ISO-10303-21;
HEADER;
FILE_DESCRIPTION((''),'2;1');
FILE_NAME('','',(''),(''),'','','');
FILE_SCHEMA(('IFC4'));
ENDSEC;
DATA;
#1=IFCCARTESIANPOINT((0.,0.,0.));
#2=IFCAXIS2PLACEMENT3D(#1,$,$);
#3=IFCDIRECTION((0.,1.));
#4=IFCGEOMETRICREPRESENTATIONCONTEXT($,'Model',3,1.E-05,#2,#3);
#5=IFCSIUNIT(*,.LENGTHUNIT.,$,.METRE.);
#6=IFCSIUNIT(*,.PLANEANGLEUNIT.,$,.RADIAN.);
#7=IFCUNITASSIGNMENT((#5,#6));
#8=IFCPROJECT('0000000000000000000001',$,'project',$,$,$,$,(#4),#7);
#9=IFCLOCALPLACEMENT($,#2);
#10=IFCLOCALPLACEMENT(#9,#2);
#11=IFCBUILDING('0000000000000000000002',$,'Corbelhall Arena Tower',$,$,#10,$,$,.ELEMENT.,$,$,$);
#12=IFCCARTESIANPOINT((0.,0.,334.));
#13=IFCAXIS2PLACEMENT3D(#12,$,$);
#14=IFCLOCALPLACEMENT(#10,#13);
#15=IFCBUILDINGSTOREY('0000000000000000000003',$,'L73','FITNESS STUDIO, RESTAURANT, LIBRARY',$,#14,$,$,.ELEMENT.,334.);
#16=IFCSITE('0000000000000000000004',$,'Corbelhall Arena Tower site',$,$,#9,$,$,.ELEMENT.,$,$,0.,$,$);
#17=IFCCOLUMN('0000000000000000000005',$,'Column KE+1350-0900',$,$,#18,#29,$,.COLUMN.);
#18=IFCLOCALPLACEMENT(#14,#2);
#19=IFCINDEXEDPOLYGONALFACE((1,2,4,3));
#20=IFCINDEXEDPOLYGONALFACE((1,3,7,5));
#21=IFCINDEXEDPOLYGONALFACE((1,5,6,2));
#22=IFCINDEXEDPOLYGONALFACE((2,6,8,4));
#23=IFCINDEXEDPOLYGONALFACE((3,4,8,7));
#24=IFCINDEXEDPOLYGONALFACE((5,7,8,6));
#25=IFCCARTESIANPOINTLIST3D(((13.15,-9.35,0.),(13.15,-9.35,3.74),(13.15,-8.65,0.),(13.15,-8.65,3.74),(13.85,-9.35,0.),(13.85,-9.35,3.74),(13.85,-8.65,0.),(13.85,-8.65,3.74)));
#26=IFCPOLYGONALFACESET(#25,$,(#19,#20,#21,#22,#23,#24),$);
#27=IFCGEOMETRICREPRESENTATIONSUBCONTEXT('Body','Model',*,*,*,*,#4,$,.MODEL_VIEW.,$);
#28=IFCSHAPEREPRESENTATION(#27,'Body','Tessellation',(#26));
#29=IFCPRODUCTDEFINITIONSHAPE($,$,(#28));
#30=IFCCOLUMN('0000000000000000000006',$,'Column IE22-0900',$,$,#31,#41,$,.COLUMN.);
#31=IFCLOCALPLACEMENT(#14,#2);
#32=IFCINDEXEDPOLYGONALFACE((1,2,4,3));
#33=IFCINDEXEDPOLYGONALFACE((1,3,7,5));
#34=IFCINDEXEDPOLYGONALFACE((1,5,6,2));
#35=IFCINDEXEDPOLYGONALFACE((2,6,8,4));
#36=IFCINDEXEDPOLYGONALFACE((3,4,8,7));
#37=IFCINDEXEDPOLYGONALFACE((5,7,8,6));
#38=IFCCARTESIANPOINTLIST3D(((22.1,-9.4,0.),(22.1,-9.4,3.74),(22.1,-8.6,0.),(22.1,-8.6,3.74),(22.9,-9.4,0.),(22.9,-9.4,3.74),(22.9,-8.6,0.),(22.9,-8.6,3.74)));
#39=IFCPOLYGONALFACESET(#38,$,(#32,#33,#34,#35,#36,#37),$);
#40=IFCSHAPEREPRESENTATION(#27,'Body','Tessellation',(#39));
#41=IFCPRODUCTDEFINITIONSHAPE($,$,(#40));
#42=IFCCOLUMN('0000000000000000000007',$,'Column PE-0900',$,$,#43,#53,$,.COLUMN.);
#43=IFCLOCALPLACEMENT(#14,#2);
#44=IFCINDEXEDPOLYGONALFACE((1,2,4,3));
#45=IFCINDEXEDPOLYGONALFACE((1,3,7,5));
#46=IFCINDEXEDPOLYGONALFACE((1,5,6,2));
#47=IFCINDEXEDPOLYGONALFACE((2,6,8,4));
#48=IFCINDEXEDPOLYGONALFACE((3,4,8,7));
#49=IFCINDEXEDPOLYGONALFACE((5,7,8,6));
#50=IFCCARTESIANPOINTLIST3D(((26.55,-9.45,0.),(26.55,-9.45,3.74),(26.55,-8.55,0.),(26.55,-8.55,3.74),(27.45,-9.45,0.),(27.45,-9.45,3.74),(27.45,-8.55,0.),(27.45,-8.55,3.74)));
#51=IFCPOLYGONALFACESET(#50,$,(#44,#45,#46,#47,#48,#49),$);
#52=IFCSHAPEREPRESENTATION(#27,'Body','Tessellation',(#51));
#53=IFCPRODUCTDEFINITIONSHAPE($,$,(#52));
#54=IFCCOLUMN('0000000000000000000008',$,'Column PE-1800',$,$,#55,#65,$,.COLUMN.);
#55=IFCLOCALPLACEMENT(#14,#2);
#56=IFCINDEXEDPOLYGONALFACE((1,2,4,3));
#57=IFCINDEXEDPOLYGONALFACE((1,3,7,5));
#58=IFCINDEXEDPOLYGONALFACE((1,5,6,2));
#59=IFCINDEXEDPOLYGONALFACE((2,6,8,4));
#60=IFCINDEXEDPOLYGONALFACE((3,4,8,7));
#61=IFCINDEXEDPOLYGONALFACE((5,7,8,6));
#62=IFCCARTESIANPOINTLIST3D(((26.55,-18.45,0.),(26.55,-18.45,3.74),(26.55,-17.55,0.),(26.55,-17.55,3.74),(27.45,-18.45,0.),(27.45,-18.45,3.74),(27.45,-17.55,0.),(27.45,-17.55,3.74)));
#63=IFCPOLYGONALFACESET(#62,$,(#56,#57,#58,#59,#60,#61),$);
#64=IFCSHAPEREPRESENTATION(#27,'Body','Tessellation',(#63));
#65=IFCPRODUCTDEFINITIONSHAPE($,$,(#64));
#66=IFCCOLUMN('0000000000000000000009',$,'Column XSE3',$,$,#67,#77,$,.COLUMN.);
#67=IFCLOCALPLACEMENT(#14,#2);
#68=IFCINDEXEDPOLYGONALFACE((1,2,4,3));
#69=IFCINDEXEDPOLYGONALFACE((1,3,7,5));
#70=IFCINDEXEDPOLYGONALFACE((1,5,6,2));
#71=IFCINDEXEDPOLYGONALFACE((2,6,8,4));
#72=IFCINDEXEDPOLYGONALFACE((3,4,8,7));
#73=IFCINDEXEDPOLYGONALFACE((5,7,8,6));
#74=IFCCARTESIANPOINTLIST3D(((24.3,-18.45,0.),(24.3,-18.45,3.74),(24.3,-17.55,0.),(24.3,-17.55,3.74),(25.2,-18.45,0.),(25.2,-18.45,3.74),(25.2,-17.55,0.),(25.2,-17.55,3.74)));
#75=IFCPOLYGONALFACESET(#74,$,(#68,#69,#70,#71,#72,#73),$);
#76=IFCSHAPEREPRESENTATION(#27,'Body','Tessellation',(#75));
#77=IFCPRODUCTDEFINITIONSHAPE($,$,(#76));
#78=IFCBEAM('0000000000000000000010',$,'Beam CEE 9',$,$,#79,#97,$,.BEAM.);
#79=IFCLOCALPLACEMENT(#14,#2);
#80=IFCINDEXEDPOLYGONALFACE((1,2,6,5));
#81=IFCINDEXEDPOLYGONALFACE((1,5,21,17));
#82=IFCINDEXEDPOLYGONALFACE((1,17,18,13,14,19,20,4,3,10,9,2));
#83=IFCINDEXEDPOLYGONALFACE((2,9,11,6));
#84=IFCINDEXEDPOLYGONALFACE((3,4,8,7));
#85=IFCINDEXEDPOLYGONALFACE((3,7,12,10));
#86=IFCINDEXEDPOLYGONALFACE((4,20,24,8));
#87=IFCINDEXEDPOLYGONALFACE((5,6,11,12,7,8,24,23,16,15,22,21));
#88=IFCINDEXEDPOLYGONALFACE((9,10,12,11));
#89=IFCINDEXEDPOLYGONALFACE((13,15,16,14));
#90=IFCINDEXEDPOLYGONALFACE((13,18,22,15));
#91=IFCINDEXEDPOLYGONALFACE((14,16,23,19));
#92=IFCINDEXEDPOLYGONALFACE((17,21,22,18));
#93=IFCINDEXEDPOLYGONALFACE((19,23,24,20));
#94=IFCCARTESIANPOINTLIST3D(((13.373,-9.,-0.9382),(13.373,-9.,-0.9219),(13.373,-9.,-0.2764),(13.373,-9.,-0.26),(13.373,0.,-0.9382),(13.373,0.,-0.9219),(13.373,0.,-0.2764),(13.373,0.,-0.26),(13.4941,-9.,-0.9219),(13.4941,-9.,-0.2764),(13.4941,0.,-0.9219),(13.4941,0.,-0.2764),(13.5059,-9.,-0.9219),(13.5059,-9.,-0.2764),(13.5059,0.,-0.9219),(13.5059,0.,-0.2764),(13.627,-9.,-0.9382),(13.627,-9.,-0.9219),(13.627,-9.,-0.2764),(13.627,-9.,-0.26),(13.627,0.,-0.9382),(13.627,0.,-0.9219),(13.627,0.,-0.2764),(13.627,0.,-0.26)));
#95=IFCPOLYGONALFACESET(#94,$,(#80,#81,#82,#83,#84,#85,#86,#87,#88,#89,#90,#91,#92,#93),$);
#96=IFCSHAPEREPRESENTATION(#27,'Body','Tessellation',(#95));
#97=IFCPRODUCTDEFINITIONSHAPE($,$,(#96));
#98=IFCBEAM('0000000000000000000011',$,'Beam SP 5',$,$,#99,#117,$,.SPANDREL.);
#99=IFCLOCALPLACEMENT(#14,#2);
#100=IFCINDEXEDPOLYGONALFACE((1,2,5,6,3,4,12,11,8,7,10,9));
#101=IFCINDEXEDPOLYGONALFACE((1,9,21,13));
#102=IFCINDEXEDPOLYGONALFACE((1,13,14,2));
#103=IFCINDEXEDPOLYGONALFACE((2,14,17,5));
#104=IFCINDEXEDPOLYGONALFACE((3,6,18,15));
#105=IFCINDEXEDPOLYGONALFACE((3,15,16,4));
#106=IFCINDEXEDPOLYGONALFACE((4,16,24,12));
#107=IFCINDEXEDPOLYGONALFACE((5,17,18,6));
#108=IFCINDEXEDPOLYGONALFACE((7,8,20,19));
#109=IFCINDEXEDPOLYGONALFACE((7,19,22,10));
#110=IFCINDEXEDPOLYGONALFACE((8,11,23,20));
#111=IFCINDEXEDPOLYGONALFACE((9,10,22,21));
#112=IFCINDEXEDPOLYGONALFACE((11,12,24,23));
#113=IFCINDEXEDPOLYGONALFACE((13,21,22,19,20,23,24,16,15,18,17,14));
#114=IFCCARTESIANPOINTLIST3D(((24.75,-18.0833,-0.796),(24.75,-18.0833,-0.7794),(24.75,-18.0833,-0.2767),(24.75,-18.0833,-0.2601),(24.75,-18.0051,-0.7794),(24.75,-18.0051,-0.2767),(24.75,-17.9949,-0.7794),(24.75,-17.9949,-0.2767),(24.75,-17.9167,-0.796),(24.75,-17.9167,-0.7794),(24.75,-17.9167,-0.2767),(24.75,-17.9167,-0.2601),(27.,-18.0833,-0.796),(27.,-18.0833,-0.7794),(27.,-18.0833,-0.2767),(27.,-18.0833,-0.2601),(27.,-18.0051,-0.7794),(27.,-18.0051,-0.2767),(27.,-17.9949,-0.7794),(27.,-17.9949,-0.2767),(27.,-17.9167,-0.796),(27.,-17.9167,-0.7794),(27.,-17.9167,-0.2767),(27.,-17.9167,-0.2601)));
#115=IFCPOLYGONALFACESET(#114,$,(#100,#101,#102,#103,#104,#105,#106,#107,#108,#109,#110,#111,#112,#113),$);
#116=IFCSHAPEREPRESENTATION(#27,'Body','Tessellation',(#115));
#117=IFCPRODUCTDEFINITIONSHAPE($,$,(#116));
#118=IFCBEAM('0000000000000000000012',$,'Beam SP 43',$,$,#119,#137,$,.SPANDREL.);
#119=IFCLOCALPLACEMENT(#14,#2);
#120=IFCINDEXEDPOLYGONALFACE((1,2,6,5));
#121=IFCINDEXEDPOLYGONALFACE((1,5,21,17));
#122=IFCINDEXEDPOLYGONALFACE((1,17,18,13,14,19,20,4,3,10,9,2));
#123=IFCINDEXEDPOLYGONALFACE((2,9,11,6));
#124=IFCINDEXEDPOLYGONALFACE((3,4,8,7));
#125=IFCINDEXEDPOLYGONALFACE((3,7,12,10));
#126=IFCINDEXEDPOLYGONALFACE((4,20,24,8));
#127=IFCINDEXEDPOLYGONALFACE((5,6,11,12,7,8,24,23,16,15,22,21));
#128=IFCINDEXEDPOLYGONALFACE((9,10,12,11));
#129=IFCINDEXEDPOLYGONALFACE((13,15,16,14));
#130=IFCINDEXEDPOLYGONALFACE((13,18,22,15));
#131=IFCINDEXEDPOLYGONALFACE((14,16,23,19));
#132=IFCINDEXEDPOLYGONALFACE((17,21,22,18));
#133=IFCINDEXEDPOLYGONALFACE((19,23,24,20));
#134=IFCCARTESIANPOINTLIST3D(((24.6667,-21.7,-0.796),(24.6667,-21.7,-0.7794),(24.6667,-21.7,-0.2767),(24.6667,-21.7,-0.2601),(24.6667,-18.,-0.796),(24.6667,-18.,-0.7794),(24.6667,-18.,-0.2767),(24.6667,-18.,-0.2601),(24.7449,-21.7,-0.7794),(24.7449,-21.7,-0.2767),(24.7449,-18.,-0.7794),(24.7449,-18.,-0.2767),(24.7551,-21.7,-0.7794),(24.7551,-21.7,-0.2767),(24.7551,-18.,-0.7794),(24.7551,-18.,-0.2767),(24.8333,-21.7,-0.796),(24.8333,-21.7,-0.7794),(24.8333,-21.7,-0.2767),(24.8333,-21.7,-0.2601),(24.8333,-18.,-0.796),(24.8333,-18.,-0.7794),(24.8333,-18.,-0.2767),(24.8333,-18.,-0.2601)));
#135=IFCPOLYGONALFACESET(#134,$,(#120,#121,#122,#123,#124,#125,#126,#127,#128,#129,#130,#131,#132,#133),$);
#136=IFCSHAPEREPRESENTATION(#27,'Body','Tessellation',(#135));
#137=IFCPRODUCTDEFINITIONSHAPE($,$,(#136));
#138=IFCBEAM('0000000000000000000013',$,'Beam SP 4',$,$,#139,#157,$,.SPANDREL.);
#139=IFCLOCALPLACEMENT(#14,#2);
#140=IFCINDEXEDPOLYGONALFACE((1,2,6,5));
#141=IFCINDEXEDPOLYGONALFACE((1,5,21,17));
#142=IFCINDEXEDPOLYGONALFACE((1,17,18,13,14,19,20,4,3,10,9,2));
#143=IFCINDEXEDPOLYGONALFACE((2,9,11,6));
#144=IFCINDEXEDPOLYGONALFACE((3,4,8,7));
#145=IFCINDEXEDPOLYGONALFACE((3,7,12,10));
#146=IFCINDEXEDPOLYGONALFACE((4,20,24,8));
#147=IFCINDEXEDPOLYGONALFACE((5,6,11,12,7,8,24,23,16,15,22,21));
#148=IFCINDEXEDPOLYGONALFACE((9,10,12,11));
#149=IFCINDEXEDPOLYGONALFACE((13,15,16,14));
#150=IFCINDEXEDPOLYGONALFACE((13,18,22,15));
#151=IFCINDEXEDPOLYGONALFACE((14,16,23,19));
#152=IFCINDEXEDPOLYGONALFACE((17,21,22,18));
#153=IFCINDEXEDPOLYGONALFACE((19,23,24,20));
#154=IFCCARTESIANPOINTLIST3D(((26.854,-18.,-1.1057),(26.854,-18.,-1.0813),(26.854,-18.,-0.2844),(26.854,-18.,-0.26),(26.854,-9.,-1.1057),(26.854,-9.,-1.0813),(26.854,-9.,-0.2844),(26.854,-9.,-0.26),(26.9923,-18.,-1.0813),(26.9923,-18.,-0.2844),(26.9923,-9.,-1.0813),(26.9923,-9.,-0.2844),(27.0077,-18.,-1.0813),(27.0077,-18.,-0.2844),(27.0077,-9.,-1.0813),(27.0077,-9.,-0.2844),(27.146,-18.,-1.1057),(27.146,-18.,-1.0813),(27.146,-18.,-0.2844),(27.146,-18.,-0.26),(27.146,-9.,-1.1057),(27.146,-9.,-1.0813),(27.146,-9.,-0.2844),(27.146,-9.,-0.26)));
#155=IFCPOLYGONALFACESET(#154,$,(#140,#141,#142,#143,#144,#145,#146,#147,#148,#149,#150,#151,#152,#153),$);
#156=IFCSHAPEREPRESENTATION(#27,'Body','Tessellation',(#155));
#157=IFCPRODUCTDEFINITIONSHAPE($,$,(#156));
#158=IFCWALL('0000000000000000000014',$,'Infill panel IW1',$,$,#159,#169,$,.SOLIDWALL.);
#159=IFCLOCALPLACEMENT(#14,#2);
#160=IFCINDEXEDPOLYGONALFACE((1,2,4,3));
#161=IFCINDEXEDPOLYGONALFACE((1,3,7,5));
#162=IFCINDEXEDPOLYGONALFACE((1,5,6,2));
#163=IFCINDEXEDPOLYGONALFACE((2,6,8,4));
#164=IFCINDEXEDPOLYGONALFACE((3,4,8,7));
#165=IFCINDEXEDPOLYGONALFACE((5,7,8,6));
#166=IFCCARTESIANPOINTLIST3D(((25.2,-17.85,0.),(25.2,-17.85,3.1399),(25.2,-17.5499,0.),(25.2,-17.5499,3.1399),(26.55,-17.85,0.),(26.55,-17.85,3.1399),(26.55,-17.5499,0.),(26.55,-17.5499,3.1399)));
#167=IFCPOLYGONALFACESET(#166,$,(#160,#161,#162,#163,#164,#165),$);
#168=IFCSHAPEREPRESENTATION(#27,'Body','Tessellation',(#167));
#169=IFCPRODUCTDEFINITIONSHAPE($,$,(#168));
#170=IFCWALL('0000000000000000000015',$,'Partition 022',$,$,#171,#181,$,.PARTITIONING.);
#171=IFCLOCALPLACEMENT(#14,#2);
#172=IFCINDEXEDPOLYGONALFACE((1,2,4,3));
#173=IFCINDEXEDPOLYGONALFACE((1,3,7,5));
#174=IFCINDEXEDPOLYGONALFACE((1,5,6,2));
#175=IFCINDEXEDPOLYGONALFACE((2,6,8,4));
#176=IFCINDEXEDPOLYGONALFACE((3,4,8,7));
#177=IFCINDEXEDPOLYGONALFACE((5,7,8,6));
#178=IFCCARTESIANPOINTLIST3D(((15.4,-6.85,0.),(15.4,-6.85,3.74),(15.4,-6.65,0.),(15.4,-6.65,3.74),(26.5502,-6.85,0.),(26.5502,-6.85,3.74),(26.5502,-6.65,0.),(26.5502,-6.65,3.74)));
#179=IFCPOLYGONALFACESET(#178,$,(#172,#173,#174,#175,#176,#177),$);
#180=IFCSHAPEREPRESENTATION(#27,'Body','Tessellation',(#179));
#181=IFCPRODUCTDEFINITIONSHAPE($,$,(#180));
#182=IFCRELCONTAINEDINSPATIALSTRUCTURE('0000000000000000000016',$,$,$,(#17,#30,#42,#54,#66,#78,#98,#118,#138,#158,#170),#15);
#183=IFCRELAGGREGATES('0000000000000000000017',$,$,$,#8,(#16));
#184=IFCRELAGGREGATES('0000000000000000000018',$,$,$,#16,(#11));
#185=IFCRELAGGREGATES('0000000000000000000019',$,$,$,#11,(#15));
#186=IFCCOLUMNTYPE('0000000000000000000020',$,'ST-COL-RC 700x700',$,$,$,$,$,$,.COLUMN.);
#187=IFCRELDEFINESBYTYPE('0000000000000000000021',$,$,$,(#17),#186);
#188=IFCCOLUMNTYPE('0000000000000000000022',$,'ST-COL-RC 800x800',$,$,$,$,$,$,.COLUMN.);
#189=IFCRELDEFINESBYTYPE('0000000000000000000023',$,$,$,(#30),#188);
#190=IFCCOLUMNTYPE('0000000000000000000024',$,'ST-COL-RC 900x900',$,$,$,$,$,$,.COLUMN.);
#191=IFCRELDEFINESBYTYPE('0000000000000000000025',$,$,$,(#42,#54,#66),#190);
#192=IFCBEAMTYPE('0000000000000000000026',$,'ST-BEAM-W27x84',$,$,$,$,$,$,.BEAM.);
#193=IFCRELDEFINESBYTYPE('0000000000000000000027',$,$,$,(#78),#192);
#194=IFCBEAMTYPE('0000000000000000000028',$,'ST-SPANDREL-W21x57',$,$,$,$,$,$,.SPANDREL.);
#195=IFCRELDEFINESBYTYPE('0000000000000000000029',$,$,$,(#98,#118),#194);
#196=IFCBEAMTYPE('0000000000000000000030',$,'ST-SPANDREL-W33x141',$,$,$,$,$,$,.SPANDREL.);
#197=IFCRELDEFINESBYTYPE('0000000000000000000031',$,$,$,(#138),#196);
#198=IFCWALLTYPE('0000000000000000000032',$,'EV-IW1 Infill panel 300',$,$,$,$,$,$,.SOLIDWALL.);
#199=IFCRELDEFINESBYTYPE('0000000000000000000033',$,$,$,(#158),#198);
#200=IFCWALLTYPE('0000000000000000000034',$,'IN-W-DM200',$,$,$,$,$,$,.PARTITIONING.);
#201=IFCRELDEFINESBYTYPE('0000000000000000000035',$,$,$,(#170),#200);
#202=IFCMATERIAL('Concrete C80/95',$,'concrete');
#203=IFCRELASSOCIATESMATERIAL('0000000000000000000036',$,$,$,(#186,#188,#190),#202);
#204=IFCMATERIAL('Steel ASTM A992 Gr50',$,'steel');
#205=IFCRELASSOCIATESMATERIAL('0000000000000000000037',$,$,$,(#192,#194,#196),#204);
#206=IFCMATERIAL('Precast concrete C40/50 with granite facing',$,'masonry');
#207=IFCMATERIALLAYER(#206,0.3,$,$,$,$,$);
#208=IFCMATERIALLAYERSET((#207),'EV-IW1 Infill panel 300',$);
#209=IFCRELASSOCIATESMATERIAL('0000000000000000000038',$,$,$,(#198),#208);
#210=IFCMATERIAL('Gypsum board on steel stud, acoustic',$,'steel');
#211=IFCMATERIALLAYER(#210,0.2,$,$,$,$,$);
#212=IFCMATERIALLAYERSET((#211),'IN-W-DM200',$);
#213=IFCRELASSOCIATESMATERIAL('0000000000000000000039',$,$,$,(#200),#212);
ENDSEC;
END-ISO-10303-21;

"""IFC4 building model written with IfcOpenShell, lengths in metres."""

from ifc_helpers import new_model, si_unit, direction, frame, frame_2d, origin, origin_2d, place, context, subcontext, project, spatial, rectangle, i_section, extrude, material, layer, layer_set, material_profile, profile_set, type_object, element, save


model = new_model("IFC4")

# Units and contexts
model_context = context("Model", 3, precision=1e-05, world=origin(), true_north=direction((0.0, 1.0)))
body_context = subcontext(model_context, "Body", "Model", "MODEL_VIEW")
ifc_project = project(units=[si_unit("LENGTHUNIT", "METRE"), si_unit("PLANEANGLEUNIT", "RADIAN")], contexts=[model_context])

# Site, building, storey
site_placement = place(None, origin())
site = spatial("IfcSite", under=ifc_project, at=site_placement, Name="Corbelhall Arena Tower site", CompositionType="ELEMENT", RefElevation=0.0)
building_placement = place(site_placement, origin())
building = spatial("IfcBuilding", under=site, at=building_placement, Name="Corbelhall Arena Tower", CompositionType="ELEMENT")
storey_placement = place(building_placement, frame((0.0, 0.0, 334.0)))
storey = spatial("IfcBuildingStorey", under=building, at=storey_placement, Name="L73", Description="FITNESS STUDIO, RESTAURANT, LIBRARY", CompositionType="ELEMENT", Elevation=334.0)

# Columns
ifc_material_1 = material(Name="Concrete C80/95", Category="concrete")
ifc_material_profile_1 = material_profile(ifc_material_1, rectangle(XDim=0.7, YDim=0.7, at=origin_2d()))
ifc_profile_set_1 = profile_set([ifc_material_profile_1], Name="Concrete C80/95")
column_type_1 = type_object("IfcColumnType", Name="ST-COL-RC 700x700", PredefinedType="COLUMN", material=ifc_profile_set_1)
column_1_placement = place(storey_placement, frame((13.5, -9.0, 0.0), z_axis=(0.0, 0.0, 1.0), x_axis=(1.0, 0.0, 0.0)))
element("IfcColumn", 1, at=column_1_placement, inside=storey, type_object=column_type_1, Name="Column KE+1350-0900", PredefinedType="COLUMN", context=body_context, shape_type="SweptSolid", body=[
    extrude(rectangle(XDim=0.7, YDim=0.7, at=origin_2d()), origin(), (0.0, 0.0, 1.0), 3.74),
])
ifc_material_profile_2 = material_profile(ifc_material_1, rectangle(XDim=0.8, YDim=0.8, at=origin_2d()))
ifc_profile_set_2 = profile_set([ifc_material_profile_2], Name="Concrete C80/95")
column_type_2 = type_object("IfcColumnType", Name="ST-COL-RC 800x800", PredefinedType="COLUMN", material=ifc_profile_set_2)
column_2_placement = place(storey_placement, frame((22.5, -9.0, 0.0), z_axis=(0.0, 0.0, 1.0), x_axis=(1.0, 0.0, 0.0)))
element("IfcColumn", 2, at=column_2_placement, inside=storey, type_object=column_type_2, Name="Column IE22-0900", PredefinedType="COLUMN", context=body_context, shape_type="SweptSolid", body=[
    extrude(rectangle(XDim=0.8, YDim=0.8, at=origin_2d()), origin(), (0.0, 0.0, 1.0), 3.74),
])
ifc_material_profile_3 = material_profile(ifc_material_1, rectangle(XDim=0.8999, YDim=0.8999, at=origin_2d()))
ifc_profile_set_3 = profile_set([ifc_material_profile_3], Name="Concrete C80/95")
column_type_3 = type_object("IfcColumnType", Name="ST-COL-RC 900x900", PredefinedType="COLUMN", material=ifc_profile_set_3)
for number, where, z_axis, x_axis, name in (
    (3, (27.0, -9.0, 0.0), (0.0, 0.0, 1.0), (0.0, 1.0, 0.0), "Column PE-0900"),
    (4, (27.0, -18.0, 0.0), (0.0, 0.0, 1.0), (0.0, 1.0, 0.0), "Column PE-1800"),
    (5, (24.75, -18.0, 0.0), (0.0, 0.0, 1.0), (1.0, 0.0, 0.0), "Column XSE3"),
):
    element("IfcColumn", number, at=place(storey_placement, frame(where, z_axis=z_axis, x_axis=x_axis)), inside=storey, type_object=column_type_3, Name=name, PredefinedType="COLUMN", context=body_context, shape_type="SweptSolid", body=[
        extrude(rectangle(XDim=0.8999, YDim=0.8999, at=origin_2d()), origin(), (0.0, 0.0, 1.0), 3.74),
    ])

# Beams
ifc_material_2 = material(Name="Steel ASTM A992 Gr50", Category="steel")
ifc_material_profile_4 = material_profile(ifc_material_2, i_section(OverallWidth=0.2539, OverallDepth=0.6782, WebThickness=0.0117, FlangeThickness=0.0164, at=origin_2d()))
ifc_profile_set_4 = profile_set([ifc_material_profile_4], Name="Steel ASTM A992 Gr50")
beam_type_1 = type_object("IfcBeamType", Name="ST-BEAM-W27x84", PredefinedType="BEAM", material=ifc_profile_set_4)
beam_1_placement = place(storey_placement, frame((13.5, -9.0, -0.5991), z_axis=(0.0, 1.0, 0.0), x_axis=(-1.0, 0.0, 0.0)))
element("IfcBeam", 6, at=beam_1_placement, inside=storey, type_object=beam_type_1, Name="Beam CEE 9", PredefinedType="BEAM", context=body_context, shape_type="SweptSolid", body=[
    extrude(i_section(OverallWidth=0.2539, OverallDepth=0.6782, WebThickness=0.0117, FlangeThickness=0.0164, at=origin_2d()), origin(), (0.0, 0.0, 1.0), 9.0),
])
ifc_material_profile_5 = material_profile(ifc_material_2, i_section(OverallWidth=0.1665, OverallDepth=0.5359, WebThickness=0.0103, FlangeThickness=0.0166, at=origin_2d()))
ifc_profile_set_5 = profile_set([ifc_material_profile_5], Name="Steel ASTM A992 Gr50")
beam_type_2 = type_object("IfcBeamType", Name="ST-SPANDREL-W21x57", PredefinedType="SPANDREL", material=ifc_profile_set_5)
beam_2_placement = place(storey_placement, frame((27.0, -18.0, -0.5281), z_axis=(-1.0, 0.0, 0.0), x_axis=(0.0, -1.0, 0.0)))
element("IfcBeam", 7, at=beam_2_placement, inside=storey, type_object=beam_type_2, Name="Beam SP 5", PredefinedType="SPANDREL", context=body_context, shape_type="SweptSolid", body=[
    extrude(i_section(OverallWidth=0.1665, OverallDepth=0.5359, WebThickness=0.0103, FlangeThickness=0.0166, at=origin_2d()), origin(), (0.0, 0.0, 1.0), 2.25),
])
beam_3_placement = place(storey_placement, frame((24.75, -18.0, -0.5281), z_axis=(0.0, -1.0, 0.0), x_axis=(1.0, 0.0, 0.0)))
element("IfcBeam", 8, at=beam_3_placement, inside=storey, type_object=beam_type_2, Name="Beam SP 43", PredefinedType="SPANDREL", context=body_context, shape_type="SweptSolid", body=[
    extrude(i_section(OverallWidth=0.1665, OverallDepth=0.5359, WebThickness=0.0103, FlangeThickness=0.0166, at=origin_2d()), origin(), (0.0, 0.0, 1.0), 3.7),
])
ifc_material_profile_6 = material_profile(ifc_material_2, i_section(OverallWidth=0.292, OverallDepth=0.8457, WebThickness=0.0154, FlangeThickness=0.0244, at=origin_2d()))
ifc_profile_set_6 = profile_set([ifc_material_profile_6], Name="Steel ASTM A992 Gr50")
beam_type_3 = type_object("IfcBeamType", Name="ST-SPANDREL-W33x141", PredefinedType="SPANDREL", material=ifc_profile_set_6)
beam_4_placement = place(storey_placement, frame((27.0, -9.0, -0.6829), z_axis=(0.0, -1.0, 0.0), x_axis=(1.0, 0.0, 0.0)))
element("IfcBeam", 9, at=beam_4_placement, inside=storey, type_object=beam_type_3, Name="Beam SP 4", PredefinedType="SPANDREL", context=body_context, shape_type="SweptSolid", body=[
    extrude(i_section(OverallWidth=0.292, OverallDepth=0.8457, WebThickness=0.0154, FlangeThickness=0.0244, at=origin_2d()), origin(), (0.0, 0.0, 1.0), 9.0),
])

# Wall
ifc_material_3 = material(Name="Precast concrete C40/50 with granite facing", Category="masonry")
ifc_layer_1 = layer(ifc_material_3, 0.3)
ifc_layer_set_1 = layer_set([ifc_layer_1], Name="EV-IW1 Infill panel 300")
wall_type_1 = type_object("IfcWallType", Name="EV-IW1 Infill panel 300", PredefinedType="SOLIDWALL", material=ifc_layer_set_1)
wall_1_placement = place(storey_placement, frame((25.2, -17.7, 0.0), z_axis=(0.0, 0.0, 1.0), x_axis=(1.0, 0.0, 0.0)))
element("IfcWall", 10, at=wall_1_placement, inside=storey, type_object=wall_type_1, Name="Infill panel IW1", PredefinedType="SOLIDWALL", context=body_context, shape_type="SweptSolid", body=[
    extrude(rectangle(XDim=1.3501, YDim=0.3, at=frame_2d((0.675, 0.0))), origin(), (0.0, 0.0, 1.0), 3.1399),
])

# Wall
ifc_material_4 = material(Name="Gypsum board on steel stud, acoustic", Category="steel")
ifc_layer_2 = layer(ifc_material_4, 0.2)
ifc_layer_set_2 = layer_set([ifc_layer_2], Name="IN-W-DM200")
wall_type_2 = type_object("IfcWallType", Name="IN-W-DM200", PredefinedType="PARTITIONING", material=ifc_layer_set_2)
wall_2_placement = place(storey_placement, frame((15.3999, -6.75, 0.0), z_axis=(0.0, 0.0, 1.0), x_axis=(1.0, 0.0, 0.0)))
element("IfcWall", 11, at=wall_2_placement, inside=storey, type_object=wall_type_2, Name="Partition 022", PredefinedType="PARTITIONING", context=body_context, shape_type="SweptSolid", body=[
    extrude(rectangle(XDim=11.1501, YDim=0.2, at=frame_2d((5.5752, 0.0))), origin(), (0.0, 0.0, 1.0), 3.74),
])

save(model, "model.ifc")
